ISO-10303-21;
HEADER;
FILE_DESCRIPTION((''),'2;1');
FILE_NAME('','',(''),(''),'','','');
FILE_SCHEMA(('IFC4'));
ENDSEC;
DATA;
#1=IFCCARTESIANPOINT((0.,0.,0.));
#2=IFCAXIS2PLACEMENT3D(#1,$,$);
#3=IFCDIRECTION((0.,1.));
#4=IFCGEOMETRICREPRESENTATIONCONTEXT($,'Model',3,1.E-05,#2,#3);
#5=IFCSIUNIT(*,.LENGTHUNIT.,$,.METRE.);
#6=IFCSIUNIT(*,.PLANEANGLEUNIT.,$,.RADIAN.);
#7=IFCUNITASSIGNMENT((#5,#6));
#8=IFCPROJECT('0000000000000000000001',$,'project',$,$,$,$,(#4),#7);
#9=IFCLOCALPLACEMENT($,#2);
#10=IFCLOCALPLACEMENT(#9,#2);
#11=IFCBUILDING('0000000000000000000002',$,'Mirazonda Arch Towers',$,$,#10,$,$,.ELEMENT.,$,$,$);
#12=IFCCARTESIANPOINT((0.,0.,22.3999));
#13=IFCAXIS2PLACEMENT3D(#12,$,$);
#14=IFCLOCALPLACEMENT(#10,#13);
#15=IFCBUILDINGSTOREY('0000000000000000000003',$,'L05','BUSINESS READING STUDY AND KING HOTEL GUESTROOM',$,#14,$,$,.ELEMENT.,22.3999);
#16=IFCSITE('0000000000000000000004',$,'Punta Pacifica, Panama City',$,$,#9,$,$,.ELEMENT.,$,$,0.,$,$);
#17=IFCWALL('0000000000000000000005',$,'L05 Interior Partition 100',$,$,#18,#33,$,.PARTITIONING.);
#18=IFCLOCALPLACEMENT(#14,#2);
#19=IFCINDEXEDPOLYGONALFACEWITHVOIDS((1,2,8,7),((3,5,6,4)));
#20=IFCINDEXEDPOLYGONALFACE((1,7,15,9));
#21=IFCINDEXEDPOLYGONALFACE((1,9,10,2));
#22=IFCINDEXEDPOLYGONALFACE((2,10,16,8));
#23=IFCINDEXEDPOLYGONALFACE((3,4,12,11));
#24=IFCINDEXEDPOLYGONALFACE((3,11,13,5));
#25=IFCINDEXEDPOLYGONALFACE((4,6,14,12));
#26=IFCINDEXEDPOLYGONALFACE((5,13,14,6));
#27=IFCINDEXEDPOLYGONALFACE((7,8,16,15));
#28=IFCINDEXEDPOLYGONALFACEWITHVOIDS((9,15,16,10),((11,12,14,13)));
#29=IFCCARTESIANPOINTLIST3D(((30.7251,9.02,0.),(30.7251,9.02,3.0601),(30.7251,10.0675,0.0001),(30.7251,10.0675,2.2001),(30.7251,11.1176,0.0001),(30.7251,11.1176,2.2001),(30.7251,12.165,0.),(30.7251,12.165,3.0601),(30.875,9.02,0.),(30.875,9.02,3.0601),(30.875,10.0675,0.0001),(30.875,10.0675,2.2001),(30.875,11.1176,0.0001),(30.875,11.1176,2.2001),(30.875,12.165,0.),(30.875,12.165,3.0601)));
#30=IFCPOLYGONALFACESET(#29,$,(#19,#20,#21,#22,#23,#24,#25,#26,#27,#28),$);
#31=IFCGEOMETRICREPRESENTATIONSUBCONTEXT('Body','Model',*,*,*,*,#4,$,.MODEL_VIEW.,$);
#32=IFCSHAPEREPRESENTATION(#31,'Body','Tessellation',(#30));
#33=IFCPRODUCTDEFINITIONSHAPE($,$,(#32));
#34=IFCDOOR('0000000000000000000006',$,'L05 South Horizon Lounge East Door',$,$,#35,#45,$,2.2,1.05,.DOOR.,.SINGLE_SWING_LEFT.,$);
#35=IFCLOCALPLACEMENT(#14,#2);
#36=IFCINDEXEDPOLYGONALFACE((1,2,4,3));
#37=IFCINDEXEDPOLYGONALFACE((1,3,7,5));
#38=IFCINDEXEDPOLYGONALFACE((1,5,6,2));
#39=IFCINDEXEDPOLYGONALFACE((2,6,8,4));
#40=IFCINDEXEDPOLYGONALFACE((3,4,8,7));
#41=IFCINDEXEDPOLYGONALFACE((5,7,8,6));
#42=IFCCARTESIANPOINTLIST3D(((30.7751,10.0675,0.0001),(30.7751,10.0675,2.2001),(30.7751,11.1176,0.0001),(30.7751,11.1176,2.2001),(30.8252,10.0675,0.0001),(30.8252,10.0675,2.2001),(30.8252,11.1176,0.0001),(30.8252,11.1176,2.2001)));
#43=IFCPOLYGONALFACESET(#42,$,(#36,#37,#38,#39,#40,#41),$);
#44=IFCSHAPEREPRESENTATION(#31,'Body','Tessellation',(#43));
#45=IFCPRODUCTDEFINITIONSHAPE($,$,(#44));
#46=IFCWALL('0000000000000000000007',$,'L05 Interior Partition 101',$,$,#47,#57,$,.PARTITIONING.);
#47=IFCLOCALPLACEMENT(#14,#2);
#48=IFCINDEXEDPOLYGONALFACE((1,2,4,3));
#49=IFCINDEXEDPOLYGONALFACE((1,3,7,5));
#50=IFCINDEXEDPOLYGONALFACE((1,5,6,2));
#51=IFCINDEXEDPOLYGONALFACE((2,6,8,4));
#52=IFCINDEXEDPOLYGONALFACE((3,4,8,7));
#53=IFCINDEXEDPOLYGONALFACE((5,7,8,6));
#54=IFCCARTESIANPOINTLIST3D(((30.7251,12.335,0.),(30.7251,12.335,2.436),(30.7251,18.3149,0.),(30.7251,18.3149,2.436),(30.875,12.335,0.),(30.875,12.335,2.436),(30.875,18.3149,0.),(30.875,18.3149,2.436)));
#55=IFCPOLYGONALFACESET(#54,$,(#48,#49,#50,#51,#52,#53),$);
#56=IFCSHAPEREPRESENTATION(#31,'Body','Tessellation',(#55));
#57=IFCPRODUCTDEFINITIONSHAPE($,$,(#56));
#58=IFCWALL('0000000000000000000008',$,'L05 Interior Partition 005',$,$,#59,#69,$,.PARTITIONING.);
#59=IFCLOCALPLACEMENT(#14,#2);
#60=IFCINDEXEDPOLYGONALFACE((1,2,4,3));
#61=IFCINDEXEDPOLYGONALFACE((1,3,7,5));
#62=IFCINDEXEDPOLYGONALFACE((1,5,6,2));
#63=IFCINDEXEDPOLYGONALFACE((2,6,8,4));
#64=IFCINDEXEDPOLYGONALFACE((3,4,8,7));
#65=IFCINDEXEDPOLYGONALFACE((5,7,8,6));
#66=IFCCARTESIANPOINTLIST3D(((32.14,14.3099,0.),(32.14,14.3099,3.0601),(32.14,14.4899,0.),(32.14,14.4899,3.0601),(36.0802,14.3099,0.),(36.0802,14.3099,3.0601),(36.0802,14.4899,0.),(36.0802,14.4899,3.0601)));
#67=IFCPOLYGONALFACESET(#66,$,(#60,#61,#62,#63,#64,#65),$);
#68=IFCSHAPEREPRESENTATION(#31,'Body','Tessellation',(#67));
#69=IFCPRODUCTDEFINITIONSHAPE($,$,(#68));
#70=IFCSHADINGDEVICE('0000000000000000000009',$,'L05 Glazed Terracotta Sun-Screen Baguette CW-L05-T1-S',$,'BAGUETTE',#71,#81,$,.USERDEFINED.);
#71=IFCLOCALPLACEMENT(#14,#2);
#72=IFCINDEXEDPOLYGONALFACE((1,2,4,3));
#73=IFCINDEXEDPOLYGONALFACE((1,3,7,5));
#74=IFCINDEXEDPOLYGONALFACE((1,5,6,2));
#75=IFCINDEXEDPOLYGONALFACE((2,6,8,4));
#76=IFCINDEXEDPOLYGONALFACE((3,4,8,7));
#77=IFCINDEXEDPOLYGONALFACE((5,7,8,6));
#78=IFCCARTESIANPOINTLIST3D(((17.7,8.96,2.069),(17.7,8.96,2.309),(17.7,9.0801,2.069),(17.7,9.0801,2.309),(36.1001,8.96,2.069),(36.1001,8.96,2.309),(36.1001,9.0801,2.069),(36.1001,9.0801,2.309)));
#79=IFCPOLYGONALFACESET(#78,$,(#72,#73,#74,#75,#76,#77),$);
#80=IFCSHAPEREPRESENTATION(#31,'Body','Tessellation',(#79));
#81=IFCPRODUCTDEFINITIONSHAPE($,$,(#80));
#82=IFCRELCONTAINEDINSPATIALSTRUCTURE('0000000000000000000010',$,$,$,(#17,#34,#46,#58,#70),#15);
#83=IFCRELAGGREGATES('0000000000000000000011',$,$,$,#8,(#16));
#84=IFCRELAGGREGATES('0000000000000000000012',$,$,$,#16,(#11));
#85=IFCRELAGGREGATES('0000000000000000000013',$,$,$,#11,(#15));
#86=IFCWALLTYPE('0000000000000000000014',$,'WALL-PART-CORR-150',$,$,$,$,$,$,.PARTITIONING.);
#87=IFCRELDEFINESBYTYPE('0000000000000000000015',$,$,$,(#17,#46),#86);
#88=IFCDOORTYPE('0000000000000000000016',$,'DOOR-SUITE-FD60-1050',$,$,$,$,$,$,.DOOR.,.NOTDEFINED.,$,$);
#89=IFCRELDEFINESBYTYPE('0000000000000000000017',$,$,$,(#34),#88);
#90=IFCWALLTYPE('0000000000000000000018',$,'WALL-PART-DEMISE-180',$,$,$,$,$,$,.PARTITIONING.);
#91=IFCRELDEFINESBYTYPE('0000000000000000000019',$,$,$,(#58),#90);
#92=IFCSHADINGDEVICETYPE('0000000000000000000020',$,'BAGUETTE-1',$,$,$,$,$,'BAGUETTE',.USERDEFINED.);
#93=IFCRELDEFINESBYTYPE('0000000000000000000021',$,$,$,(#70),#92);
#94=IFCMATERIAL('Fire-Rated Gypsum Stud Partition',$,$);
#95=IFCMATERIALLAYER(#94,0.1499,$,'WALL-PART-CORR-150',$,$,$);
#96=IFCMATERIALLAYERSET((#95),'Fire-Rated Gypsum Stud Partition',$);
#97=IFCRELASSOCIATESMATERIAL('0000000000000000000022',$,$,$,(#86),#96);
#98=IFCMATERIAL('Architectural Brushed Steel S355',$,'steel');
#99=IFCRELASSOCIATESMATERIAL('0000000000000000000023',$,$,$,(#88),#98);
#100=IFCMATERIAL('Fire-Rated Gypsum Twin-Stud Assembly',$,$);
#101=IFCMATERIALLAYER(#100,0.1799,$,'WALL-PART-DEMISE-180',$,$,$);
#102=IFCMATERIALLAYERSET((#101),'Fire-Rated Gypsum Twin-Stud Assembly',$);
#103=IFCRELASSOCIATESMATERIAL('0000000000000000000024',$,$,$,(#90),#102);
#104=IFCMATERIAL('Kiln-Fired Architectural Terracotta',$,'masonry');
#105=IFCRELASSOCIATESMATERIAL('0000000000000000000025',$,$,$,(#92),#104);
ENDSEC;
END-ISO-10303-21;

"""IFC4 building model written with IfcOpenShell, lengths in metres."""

from ifc_helpers import new_model, si_unit, direction, frame, frame_2d, origin, origin_2d, place, context, subcontext, project, spatial, rectangle, extrude, material, layer, layer_set, material_profile, profile_set, type_object, element, fill, save


model = new_model("IFC4")

# Units and contexts
model_context = context("Model", 3, precision=1e-05, world=origin(), true_north=direction((0.0, 1.0)))
body_context = subcontext(model_context, "Body", "Model", "MODEL_VIEW")
ifc_project = project(units=[si_unit("LENGTHUNIT", "METRE"), si_unit("PLANEANGLEUNIT", "RADIAN")], contexts=[model_context])

# Site, building, storey
site_placement = place(None, origin())
site = spatial("IfcSite", under=ifc_project, at=site_placement, Name="Punta Pacifica, Panama City", CompositionType="ELEMENT", RefElevation=0.0)
building_placement = place(site_placement, origin())
building = spatial("IfcBuilding", under=site, at=building_placement, Name="Mirazonda Arch Towers", CompositionType="ELEMENT")
storey_placement = place(building_placement, frame((0.0, 0.0, 22.3999)))
storey = spatial("IfcBuildingStorey", under=building, at=storey_placement, Name="L05", Description="BUSINESS READING STUDY AND KING HOTEL GUESTROOM", CompositionType="ELEMENT", Elevation=22.3999)

# Shared definitions
ifc_material_1 = material(Name="Fire-Rated Gypsum Stud Partition")
ifc_layer_1 = layer(ifc_material_1, 0.1499, Name="WALL-PART-CORR-150")
ifc_layer_set_1 = layer_set([ifc_layer_1], Name="Fire-Rated Gypsum Stud Partition")
wall_type_1 = type_object("IfcWallType", Name="WALL-PART-CORR-150", PredefinedType="PARTITIONING", material=ifc_layer_set_1)

# Wall, opening, door
wall_1_placement = place(storey_placement, frame((30.8, 9.02, 0.0), z_axis=(0.0, 0.0, 1.0), x_axis=(0.0, 1.0, 0.0)))
wall_1 = element("IfcWall", 1, at=wall_1_placement, inside=storey, type_object=wall_type_1, Name="L05 Interior Partition 100", PredefinedType="PARTITIONING", context=body_context, shape_type="SweptSolid", body=[
    extrude(rectangle(XDim=3.145, YDim=0.1499, at=frame_2d((1.5725, 0.0))), origin(), (0.0, 0.0, 1.0), 3.0601),
])
opening_1_placement = place(wall_1_placement, frame((1.0476, 0.0, 0.0)))
opening_1 = element("IfcOpeningElement", 2, at=opening_1_placement, cuts=wall_1, PredefinedType="OPENING", context=body_context, shape_type="SweptSolid", body=[
    extrude(rectangle(XDim=1.05, YDim=2.2, at=frame_2d((0.5249, 1.1001))), frame((0.0, 0.085, 0.0), z_axis=(0.0, -1.0, 0.0), x_axis=(1.0, 0.0, 0.0)), (0.0, 0.0, 1.0), 0.1699),
])
ifc_material_2 = material(Name="Architectural Brushed Steel S355", Category="steel")
door_type_1 = type_object("IfcDoorType", Name="DOOR-SUITE-FD60-1050", OperationType="NOTDEFINED", PredefinedType="DOOR", material=ifc_material_2)
door_1_placement = place(opening_1_placement, origin())
door_1 = element("IfcDoor", 3, at=door_1_placement, inside=storey, type_object=door_type_1, Name="L05 South Horizon Lounge East Door", OperationType="SINGLE_SWING_LEFT", OverallHeight=2.2, OverallWidth=1.05, PredefinedType="DOOR", context=body_context, shape_type="SweptSolid", body=[
    extrude(rectangle(XDim=1.05, YDim=2.2, at=frame_2d((0.5249, 1.1001))), frame((0.0, 0.0249, 0.0), z_axis=(0.0, -1.0, 0.0), x_axis=(1.0, 0.0, 0.0)), (0.0, 0.0, 1.0), 0.05),
])
fill(opening_1, door_1)

# Walls
wall_2_placement = place(storey_placement, frame((30.8, 12.335, 0.0), z_axis=(0.0, 0.0, 1.0), x_axis=(0.0, 1.0, 0.0)))
element("IfcWall", 4, at=wall_2_placement, inside=storey, type_object=wall_type_1, Name="L05 Interior Partition 101", PredefinedType="PARTITIONING", context=body_context, shape_type="SweptSolid", body=[
    extrude(rectangle(XDim=5.98, YDim=0.1499, at=frame_2d((2.99, 0.0))), origin(), (0.0, 0.0, 1.0), 2.436),
])
ifc_material_3 = material(Name="Fire-Rated Gypsum Twin-Stud Assembly")
ifc_layer_2 = layer(ifc_material_3, 0.1799, Name="WALL-PART-DEMISE-180")
ifc_layer_set_2 = layer_set([ifc_layer_2], Name="Fire-Rated Gypsum Twin-Stud Assembly")
wall_type_2 = type_object("IfcWallType", Name="WALL-PART-DEMISE-180", PredefinedType="PARTITIONING", material=ifc_layer_set_2)
wall_3_placement = place(storey_placement, frame((32.1399, 14.3999, 0.0), z_axis=(0.0, 0.0, 1.0), x_axis=(1.0, 0.0, 0.0)))
element("IfcWall", 5, at=wall_3_placement, inside=storey, type_object=wall_type_2, Name="L05 Interior Partition 005", PredefinedType="PARTITIONING", context=body_context, shape_type="SweptSolid", body=[
    extrude(rectangle(XDim=3.9402, YDim=0.1799, at=frame_2d((1.9702, 0.0))), origin(), (0.0, 0.0, 1.0), 3.0601),
])

# Shading device
ifc_material_4 = material(Name="Kiln-Fired Architectural Terracotta", Category="masonry")
ifc_material_profile_1 = material_profile(ifc_material_4, rectangle(XDim=0.1201, YDim=0.24, at=origin_2d()), Name="TERRA-BAG-120x240")
ifc_profile_set_1 = profile_set([ifc_material_profile_1], Name="Kiln-Fired Architectural Terracotta")
shading_device_type = type_object("IfcShadingDeviceType", Name="BAGUETTE-1", ElementType="BAGUETTE", PredefinedType="USERDEFINED", material=ifc_profile_set_1)
shading_device_placement = place(storey_placement, frame((36.1001, 9.02, 2.189), z_axis=(-1.0, 0.0, 0.0), x_axis=(0.0, -1.0, 0.0)))
element("IfcShadingDevice", 6, at=shading_device_placement, inside=storey, type_object=shading_device_type, Name="L05 Glazed Terracotta Sun-Screen Baguette CW-L05-T1-S", ObjectType="BAGUETTE", PredefinedType="USERDEFINED", context=body_context, shape_type="SweptSolid", body=[
    extrude(rectangle(XDim=0.1201, YDim=0.24, at=origin_2d()), origin(), (0.0, 0.0, 1.0), 18.4001),
])

save(model, "model.ifc")
